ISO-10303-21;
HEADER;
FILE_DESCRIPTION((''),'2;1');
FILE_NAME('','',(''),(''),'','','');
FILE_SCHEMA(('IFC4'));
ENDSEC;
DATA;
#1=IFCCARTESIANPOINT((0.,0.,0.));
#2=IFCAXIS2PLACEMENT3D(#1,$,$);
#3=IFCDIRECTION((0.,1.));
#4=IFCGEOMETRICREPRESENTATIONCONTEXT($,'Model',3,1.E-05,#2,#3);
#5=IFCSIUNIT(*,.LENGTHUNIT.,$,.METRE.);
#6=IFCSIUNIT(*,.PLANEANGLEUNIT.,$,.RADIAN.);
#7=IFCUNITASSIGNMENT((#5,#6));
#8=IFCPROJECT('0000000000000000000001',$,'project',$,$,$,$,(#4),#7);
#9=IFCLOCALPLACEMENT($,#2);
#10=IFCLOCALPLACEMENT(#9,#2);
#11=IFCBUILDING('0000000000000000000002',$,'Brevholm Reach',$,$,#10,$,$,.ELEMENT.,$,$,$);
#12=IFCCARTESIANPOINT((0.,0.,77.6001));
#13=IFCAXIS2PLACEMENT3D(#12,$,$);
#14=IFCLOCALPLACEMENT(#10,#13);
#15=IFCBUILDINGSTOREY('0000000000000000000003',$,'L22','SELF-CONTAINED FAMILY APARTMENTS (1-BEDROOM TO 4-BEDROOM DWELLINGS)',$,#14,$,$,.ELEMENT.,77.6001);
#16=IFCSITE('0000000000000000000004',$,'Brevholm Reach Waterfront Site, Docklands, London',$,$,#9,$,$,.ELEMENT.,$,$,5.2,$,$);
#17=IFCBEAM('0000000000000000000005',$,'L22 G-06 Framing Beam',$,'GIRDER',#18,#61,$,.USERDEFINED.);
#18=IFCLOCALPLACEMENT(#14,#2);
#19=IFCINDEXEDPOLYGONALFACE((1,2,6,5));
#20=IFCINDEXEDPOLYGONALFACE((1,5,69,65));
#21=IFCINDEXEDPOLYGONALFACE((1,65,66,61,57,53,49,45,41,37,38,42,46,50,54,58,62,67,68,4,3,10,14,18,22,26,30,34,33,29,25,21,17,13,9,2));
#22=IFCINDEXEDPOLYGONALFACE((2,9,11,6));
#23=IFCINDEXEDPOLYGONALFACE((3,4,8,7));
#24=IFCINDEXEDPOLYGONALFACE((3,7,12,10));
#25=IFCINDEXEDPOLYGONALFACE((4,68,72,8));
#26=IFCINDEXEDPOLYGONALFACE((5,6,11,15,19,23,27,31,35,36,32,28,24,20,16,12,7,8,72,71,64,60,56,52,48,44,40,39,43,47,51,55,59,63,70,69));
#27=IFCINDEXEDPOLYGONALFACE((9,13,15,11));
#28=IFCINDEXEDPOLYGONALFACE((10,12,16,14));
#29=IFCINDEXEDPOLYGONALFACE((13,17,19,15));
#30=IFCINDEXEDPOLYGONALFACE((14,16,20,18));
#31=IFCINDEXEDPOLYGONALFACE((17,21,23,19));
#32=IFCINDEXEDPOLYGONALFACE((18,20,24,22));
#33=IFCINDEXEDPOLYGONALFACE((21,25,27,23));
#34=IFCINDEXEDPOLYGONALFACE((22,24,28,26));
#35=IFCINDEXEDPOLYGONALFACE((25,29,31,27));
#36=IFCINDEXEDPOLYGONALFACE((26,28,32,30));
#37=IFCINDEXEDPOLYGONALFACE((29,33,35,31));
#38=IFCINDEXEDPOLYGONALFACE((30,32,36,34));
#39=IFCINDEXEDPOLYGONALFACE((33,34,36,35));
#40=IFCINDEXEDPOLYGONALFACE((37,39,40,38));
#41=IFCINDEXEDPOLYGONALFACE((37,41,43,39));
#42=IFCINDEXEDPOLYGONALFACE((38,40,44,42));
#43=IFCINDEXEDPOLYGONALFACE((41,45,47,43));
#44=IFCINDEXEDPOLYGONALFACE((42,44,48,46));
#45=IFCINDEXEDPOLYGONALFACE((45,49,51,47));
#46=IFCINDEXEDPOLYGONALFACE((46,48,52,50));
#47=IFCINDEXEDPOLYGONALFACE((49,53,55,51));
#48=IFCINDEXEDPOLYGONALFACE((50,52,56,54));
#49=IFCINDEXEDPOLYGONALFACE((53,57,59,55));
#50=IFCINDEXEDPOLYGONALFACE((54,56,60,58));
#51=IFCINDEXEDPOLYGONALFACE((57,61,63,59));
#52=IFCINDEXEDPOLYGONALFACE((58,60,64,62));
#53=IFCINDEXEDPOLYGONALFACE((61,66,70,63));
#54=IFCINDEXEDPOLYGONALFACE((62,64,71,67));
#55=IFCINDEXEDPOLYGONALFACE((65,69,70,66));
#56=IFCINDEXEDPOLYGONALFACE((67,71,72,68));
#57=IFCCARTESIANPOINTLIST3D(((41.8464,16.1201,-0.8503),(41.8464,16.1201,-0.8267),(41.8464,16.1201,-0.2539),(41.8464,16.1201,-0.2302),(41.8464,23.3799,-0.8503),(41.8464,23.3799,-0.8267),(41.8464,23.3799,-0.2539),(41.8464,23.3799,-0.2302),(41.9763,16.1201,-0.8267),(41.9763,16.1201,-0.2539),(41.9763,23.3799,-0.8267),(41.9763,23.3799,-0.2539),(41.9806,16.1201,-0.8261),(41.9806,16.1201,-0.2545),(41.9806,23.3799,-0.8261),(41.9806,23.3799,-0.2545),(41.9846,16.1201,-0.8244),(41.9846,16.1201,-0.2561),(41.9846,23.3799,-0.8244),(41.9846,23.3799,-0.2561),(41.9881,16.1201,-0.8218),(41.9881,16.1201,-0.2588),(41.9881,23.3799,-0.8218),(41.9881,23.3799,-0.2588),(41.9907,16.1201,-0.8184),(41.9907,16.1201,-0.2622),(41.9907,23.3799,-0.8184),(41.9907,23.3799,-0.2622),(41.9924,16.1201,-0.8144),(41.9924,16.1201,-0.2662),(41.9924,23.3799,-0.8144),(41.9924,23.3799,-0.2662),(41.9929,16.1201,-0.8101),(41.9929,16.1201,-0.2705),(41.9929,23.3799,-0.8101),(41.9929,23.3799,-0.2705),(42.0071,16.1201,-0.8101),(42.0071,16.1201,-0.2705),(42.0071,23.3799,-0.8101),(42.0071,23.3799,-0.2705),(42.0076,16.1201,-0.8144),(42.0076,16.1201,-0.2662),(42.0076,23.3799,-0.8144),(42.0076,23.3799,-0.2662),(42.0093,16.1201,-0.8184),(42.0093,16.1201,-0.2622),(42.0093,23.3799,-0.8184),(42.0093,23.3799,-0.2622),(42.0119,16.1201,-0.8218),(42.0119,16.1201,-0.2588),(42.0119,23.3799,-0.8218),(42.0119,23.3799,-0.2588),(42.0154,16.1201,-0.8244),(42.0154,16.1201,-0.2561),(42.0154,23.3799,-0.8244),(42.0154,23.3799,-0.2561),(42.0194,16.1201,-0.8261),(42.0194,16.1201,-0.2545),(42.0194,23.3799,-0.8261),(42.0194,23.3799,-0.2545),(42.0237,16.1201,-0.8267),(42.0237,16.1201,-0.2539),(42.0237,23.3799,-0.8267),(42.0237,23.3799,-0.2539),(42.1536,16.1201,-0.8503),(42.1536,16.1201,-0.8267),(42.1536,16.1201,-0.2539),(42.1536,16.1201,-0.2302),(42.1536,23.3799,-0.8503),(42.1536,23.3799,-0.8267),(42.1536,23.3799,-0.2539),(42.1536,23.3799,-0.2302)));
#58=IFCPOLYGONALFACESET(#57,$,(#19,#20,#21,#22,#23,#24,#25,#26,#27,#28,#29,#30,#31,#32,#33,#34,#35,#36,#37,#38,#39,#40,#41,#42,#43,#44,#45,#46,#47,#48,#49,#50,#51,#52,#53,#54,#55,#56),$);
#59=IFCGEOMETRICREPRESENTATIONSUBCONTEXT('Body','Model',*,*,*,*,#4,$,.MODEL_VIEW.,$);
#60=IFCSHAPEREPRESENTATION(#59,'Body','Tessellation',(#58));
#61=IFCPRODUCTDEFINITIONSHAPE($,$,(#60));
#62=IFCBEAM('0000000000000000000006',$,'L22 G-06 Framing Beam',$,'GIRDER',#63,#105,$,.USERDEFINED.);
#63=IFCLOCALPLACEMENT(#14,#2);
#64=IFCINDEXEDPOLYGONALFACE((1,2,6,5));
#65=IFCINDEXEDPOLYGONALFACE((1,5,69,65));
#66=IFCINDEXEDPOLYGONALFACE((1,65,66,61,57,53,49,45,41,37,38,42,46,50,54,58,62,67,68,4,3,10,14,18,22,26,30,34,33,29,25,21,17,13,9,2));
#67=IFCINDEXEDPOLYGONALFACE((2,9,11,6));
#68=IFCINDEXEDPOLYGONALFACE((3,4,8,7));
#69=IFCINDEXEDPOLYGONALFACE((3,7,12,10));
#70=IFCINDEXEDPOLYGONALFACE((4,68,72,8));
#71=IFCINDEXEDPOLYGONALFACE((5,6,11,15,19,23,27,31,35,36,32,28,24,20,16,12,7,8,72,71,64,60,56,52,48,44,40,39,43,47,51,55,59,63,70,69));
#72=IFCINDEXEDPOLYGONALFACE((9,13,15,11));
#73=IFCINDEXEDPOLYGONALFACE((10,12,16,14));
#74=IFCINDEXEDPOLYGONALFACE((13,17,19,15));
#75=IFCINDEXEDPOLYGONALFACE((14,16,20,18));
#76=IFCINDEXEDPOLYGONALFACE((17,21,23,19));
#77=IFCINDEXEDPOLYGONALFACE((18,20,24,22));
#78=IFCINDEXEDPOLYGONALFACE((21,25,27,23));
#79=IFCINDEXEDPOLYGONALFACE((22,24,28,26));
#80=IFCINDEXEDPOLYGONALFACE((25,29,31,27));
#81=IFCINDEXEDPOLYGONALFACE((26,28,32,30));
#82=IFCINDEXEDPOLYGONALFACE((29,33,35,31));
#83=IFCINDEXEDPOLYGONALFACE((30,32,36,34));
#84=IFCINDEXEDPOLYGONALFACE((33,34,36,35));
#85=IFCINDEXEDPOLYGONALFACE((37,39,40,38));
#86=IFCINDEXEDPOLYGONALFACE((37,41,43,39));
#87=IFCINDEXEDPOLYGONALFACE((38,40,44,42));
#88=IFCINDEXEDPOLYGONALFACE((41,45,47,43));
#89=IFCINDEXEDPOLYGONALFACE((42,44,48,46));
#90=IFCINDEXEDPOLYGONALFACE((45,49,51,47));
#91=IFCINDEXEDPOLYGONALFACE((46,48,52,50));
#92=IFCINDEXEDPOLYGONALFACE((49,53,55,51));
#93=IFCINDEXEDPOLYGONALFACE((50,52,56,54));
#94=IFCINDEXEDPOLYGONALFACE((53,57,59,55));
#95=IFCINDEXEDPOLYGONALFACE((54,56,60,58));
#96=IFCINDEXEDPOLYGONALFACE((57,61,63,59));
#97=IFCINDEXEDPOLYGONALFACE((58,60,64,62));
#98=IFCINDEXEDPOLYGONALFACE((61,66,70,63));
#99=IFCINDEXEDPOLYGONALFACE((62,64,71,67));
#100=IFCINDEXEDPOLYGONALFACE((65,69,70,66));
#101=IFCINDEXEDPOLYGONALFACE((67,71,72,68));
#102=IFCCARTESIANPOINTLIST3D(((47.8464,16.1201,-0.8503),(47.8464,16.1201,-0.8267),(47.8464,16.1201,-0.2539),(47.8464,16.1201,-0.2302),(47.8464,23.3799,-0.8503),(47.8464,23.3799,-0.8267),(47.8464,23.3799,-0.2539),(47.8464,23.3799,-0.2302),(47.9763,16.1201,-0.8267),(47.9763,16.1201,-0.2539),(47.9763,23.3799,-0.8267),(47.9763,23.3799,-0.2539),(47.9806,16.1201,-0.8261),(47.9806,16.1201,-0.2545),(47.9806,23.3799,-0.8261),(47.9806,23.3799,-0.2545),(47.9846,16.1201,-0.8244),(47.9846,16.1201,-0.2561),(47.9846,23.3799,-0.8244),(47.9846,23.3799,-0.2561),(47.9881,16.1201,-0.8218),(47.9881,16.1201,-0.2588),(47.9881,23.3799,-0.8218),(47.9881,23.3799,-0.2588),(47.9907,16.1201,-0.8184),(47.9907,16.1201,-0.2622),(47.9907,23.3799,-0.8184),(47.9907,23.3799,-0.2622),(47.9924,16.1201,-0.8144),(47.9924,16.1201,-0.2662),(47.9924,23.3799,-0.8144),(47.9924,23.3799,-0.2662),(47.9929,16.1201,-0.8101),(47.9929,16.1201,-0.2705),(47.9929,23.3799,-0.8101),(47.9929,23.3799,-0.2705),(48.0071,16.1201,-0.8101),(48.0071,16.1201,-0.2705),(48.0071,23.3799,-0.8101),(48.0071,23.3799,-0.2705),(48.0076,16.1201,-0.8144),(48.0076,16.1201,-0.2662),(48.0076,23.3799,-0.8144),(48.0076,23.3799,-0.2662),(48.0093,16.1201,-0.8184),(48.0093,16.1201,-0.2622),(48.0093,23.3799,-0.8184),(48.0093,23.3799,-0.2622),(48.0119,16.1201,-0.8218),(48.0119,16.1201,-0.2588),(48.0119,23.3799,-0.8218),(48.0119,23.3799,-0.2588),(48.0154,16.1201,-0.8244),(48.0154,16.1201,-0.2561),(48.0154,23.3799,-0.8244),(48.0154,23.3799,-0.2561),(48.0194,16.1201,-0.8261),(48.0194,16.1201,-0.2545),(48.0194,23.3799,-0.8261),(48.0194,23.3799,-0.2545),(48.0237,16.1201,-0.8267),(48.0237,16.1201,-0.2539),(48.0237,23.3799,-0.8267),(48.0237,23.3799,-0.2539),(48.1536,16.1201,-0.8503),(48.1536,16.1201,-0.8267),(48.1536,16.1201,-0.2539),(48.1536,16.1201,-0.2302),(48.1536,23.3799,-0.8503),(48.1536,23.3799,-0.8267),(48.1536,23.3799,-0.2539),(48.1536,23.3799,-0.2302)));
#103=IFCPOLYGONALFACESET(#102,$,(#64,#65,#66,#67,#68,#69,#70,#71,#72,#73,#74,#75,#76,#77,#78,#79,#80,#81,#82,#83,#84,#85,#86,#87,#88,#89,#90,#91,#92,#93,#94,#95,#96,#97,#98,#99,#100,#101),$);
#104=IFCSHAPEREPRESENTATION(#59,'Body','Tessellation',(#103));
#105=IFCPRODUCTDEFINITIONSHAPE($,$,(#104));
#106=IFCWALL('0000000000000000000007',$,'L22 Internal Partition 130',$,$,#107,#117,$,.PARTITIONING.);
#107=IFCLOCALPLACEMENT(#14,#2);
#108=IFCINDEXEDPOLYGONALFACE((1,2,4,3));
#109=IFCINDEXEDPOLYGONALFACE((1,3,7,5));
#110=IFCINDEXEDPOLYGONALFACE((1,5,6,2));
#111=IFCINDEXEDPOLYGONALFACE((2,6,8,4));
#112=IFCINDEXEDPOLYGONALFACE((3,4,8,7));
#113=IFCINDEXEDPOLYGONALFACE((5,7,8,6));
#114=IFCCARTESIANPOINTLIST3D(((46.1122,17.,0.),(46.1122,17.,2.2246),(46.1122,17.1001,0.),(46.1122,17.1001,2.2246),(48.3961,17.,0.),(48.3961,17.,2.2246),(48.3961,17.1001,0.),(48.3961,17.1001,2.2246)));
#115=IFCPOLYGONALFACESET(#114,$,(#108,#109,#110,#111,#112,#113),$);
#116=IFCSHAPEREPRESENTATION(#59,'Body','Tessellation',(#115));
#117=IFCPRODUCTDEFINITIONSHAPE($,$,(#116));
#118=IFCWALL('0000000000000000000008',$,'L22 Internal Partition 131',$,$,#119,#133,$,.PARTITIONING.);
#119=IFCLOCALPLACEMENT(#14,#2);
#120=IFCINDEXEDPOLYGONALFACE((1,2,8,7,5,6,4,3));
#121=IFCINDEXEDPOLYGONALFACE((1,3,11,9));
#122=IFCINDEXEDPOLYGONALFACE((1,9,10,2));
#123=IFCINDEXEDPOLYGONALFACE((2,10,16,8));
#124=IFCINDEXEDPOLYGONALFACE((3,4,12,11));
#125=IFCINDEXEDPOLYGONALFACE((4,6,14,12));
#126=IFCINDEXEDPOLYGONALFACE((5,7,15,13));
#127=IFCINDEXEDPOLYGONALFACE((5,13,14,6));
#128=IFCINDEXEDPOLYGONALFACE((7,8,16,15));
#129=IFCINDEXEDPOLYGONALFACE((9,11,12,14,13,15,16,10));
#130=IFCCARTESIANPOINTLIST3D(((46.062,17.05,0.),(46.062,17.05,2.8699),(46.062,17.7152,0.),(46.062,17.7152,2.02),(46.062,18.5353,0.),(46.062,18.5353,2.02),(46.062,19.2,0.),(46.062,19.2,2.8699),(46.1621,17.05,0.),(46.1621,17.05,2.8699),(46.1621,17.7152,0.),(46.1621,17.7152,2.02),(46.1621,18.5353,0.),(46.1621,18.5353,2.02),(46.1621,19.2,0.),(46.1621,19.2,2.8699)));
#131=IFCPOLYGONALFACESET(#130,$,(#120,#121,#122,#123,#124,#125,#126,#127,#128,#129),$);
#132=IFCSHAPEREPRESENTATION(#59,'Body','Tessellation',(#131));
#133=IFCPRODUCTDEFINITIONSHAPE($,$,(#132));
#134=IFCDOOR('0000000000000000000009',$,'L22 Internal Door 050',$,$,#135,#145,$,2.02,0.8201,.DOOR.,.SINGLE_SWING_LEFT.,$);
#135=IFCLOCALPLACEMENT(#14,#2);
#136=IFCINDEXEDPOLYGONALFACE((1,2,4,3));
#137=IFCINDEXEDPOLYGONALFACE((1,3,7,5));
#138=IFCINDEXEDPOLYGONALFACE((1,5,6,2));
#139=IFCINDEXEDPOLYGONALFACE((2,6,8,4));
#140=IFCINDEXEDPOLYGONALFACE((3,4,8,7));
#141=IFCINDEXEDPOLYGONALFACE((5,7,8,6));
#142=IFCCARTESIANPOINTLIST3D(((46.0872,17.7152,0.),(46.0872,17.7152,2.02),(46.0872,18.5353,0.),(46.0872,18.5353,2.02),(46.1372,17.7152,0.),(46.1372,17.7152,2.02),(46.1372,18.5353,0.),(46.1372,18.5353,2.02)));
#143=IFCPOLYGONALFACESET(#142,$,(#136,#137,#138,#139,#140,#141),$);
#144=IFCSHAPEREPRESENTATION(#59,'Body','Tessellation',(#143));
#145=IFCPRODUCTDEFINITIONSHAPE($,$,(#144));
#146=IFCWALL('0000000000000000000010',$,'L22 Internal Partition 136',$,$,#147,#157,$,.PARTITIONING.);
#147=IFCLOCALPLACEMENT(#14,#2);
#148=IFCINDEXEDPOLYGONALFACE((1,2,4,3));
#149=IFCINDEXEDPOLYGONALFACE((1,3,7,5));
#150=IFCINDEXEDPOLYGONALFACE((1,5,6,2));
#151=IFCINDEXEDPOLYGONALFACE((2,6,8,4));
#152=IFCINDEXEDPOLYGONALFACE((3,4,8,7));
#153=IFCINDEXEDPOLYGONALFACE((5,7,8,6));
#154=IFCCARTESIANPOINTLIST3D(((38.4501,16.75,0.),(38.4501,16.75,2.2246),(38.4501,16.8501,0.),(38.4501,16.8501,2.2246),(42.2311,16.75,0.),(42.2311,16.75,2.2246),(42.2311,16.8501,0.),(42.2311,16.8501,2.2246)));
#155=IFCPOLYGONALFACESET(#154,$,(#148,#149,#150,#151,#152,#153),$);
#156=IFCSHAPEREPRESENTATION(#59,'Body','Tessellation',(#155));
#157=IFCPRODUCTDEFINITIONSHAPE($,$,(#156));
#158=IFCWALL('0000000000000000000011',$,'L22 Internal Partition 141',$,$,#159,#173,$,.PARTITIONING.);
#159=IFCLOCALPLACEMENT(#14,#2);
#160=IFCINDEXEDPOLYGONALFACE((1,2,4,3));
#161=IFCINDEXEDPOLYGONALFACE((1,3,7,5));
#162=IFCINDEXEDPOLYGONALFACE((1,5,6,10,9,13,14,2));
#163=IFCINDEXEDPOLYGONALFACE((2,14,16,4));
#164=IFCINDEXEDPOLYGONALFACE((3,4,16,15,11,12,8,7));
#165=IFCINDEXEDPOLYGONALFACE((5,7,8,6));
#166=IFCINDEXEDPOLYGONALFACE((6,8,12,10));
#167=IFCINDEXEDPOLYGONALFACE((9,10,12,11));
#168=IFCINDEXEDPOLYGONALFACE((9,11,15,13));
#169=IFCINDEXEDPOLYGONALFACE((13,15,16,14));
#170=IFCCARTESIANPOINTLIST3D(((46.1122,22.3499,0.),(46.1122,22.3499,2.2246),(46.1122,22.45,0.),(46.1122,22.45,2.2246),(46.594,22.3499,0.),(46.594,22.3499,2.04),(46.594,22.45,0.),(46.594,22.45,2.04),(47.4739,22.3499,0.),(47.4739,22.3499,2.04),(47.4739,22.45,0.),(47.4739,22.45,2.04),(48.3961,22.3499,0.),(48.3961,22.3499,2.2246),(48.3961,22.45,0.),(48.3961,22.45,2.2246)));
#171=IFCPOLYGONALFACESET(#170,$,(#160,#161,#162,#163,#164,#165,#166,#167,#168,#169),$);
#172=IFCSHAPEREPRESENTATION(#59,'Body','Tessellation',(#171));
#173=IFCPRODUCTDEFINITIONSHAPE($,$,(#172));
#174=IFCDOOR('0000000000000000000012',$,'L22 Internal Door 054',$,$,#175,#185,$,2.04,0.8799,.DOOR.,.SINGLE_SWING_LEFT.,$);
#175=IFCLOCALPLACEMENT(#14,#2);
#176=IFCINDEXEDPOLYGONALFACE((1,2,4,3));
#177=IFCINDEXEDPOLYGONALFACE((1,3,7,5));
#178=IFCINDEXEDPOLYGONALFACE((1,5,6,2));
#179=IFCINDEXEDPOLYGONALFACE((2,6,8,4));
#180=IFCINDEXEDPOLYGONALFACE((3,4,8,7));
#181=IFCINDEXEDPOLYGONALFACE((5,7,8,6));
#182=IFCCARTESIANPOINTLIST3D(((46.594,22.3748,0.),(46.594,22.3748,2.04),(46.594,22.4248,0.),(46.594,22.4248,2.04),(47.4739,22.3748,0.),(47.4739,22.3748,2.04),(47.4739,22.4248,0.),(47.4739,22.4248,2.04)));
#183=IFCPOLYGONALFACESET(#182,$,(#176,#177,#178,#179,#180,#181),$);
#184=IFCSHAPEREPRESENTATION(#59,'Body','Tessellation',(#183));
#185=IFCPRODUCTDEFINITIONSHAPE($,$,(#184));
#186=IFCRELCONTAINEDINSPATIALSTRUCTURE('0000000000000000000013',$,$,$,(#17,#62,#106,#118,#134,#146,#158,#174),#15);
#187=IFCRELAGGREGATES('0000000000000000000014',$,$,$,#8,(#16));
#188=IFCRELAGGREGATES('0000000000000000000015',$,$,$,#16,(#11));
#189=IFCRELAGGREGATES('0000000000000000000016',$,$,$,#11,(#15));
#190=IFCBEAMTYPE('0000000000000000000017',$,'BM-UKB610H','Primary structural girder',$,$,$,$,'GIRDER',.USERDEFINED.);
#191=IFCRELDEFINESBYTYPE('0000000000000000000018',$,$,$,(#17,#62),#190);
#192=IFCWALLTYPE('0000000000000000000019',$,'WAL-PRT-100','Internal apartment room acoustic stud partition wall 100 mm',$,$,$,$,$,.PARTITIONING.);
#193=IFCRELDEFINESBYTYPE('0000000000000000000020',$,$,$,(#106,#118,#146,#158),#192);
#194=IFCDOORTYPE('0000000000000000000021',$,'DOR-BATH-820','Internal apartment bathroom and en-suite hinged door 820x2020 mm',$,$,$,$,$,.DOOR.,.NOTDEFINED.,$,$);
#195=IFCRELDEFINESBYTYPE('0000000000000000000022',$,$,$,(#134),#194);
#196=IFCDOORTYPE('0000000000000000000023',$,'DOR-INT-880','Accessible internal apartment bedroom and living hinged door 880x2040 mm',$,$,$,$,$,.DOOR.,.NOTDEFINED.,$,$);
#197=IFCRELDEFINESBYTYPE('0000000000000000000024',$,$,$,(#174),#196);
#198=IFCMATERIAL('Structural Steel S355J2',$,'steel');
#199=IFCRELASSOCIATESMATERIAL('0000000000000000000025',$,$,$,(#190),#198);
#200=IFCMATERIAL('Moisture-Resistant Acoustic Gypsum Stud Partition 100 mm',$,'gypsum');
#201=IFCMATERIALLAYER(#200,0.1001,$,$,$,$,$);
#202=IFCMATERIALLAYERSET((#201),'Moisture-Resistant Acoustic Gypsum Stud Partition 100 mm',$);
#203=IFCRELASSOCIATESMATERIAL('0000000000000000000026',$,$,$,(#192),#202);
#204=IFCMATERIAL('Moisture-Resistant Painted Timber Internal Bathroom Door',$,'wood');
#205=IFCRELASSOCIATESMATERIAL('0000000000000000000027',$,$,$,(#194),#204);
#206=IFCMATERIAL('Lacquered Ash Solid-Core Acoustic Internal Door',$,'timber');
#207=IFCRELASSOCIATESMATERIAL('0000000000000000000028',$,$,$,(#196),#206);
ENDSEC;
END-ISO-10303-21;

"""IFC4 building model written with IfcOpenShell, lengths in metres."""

from ifc_helpers import new_model, si_unit, direction, frame, frame_2d, origin, origin_2d, place, context, subcontext, project, spatial, rectangle, i_section, extrude, material, layer, layer_set, material_profile, profile_set, type_object, element, fill, save


model = new_model("IFC4")

# Units and contexts
model_context = context("Model", 3, precision=1e-05, world=origin(), true_north=direction((0.0, 1.0)))
body_context = subcontext(model_context, "Body", "Model", "MODEL_VIEW")
ifc_project = project(units=[si_unit("LENGTHUNIT", "METRE"), si_unit("PLANEANGLEUNIT", "RADIAN")], contexts=[model_context])

# Site, building, storey
site_placement = place(None, origin())
site = spatial("IfcSite", under=ifc_project, at=site_placement, Name="Brevholm Reach Waterfront Site, Docklands, London", CompositionType="ELEMENT", RefElevation=5.2)
building_placement = place(site_placement, origin())
building = spatial("IfcBuilding", under=site, at=building_placement, Name="Brevholm Reach", CompositionType="ELEMENT")
storey_placement = place(building_placement, frame((0.0, 0.0, 77.6001)))
storey = spatial("IfcBuildingStorey", under=building, at=storey_placement, Name="L22", Description="SELF-CONTAINED FAMILY APARTMENTS (1-BEDROOM TO 4-BEDROOM DWELLINGS)", CompositionType="ELEMENT", Elevation=77.6001)

# Beams
ifc_material_1 = material(Name="Structural Steel S355J2", Category="steel")
ifc_material_profile_1 = material_profile(ifc_material_1, i_section(OverallWidth=0.3071, OverallDepth=0.6201, WebThickness=0.0142, FlangeThickness=0.0237, FilletRadius=0.0166, at=origin_2d()), Name="UKB 610x305x179")
ifc_profile_set_1 = profile_set([ifc_material_profile_1], Name="Structural Steel S355J2")
beam_type_1 = type_object("IfcBeamType", Name="BM-UKB610H", Description="Primary structural girder", ElementType="GIRDER", PredefinedType="USERDEFINED", material=ifc_profile_set_1)
for number, where, z_axis, x_axis, name in (
    (1, (42.0, 16.1201, -0.5403), (0.0, 1.0, 0.0), (-1.0, 0.0, 0.0), "L22 G-06 Framing Beam"),
    (2, (48.0, 16.1201, -0.5403), (0.0, 1.0, 0.0), (-1.0, 0.0, 0.0), "L22 G-06 Framing Beam"),
):
    element("IfcBeam", number, at=place(storey_placement, frame(where, z_axis=z_axis, x_axis=x_axis)), inside=storey, type_object=beam_type_1, Name=name, ObjectType="GIRDER", PredefinedType="USERDEFINED", context=body_context, shape_type="SweptSolid", body=[
        extrude(i_section(OverallWidth=0.3071, OverallDepth=0.6201, WebThickness=0.0142, FlangeThickness=0.0237, FilletRadius=0.0166, at=origin_2d()), origin(), (0.0, 0.0, 1.0), 7.2598),
    ])

# Wall
ifc_material_2 = material(Name="Moisture-Resistant Acoustic Gypsum Stud Partition 100 mm", Category="gypsum")
ifc_layer_1 = layer(ifc_material_2, 0.1001)
ifc_layer_set_1 = layer_set([ifc_layer_1], Name="Moisture-Resistant Acoustic Gypsum Stud Partition 100 mm")
wall_type_1 = type_object("IfcWallType", Name="WAL-PRT-100", Description="Internal apartment room acoustic stud partition wall 100 mm", PredefinedType="PARTITIONING", material=ifc_layer_set_1)
wall_1_placement = place(storey_placement, frame((46.1121, 17.05, 0.0), z_axis=(0.0, 0.0, 1.0), x_axis=(1.0, 0.0, 0.0)))
element("IfcWall", 3, at=wall_1_placement, inside=storey, type_object=wall_type_1, Name="L22 Internal Partition 130", PredefinedType="PARTITIONING", context=body_context, shape_type="SweptSolid", body=[
    extrude(rectangle(XDim=2.2839, YDim=0.1001, at=frame_2d((1.1421, 0.0))), origin(), (0.0, 0.0, 1.0), 2.2246),
])

# Wall, opening, door
wall_2_placement = place(storey_placement, frame((46.1121, 17.05, 0.0), z_axis=(0.0, 0.0, 1.0), x_axis=(0.0, 1.0, 0.0)))
wall_2 = element("IfcWall", 4, at=wall_2_placement, inside=storey, type_object=wall_type_1, Name="L22 Internal Partition 131", PredefinedType="PARTITIONING", context=body_context, shape_type="SweptSolid", body=[
    extrude(rectangle(XDim=2.1499, YDim=0.1001, at=frame_2d((1.075, 0.0))), origin(), (0.0, 0.0, 1.0), 2.8699),
])
opening_1_placement = place(wall_2_placement, frame((0.665, 0.0, 0.0)))
opening_1 = element("IfcOpeningElement", 5, at=opening_1_placement, cuts=wall_2, PredefinedType="OPENING", context=body_context, shape_type="SweptSolid", body=[
    extrude(rectangle(XDim=0.8201, YDim=2.02, at=frame_2d((0.4102, 1.01))), frame((0.0, 0.0601, 0.0), z_axis=(0.0, -1.0, 0.0), x_axis=(1.0, 0.0, 0.0)), (0.0, 0.0, 1.0), 0.1201),
])
ifc_material_3 = material(Name="Moisture-Resistant Painted Timber Internal Bathroom Door", Category="wood")
door_type_1 = type_object("IfcDoorType", Name="DOR-BATH-820", Description="Internal apartment bathroom and en-suite hinged door 820x2020 mm", OperationType="NOTDEFINED", PredefinedType="DOOR", material=ifc_material_3)
door_1_placement = place(opening_1_placement, origin())
door_1 = element("IfcDoor", 6, at=door_1_placement, inside=storey, type_object=door_type_1, Name="L22 Internal Door 050", OperationType="SINGLE_SWING_LEFT", OverallHeight=2.02, OverallWidth=0.8201, PredefinedType="DOOR", context=body_context, shape_type="SweptSolid", body=[
    extrude(rectangle(XDim=0.8201, YDim=2.02, at=frame_2d((0.4102, 1.01))), frame((0.0, 0.0249, 0.0), z_axis=(0.0, -1.0, 0.0), x_axis=(1.0, 0.0, 0.0)), (0.0, 0.0, 1.0), 0.05),
])
fill(opening_1, door_1)

# Wall
wall_3_placement = place(storey_placement, frame((38.45, 16.8, 0.0), z_axis=(0.0, 0.0, 1.0), x_axis=(1.0, 0.0, 0.0)))
element("IfcWall", 7, at=wall_3_placement, inside=storey, type_object=wall_type_1, Name="L22 Internal Partition 136", PredefinedType="PARTITIONING", context=body_context, shape_type="SweptSolid", body=[
    extrude(rectangle(XDim=3.781, YDim=0.1001, at=frame_2d((1.8906, 0.0))), origin(), (0.0, 0.0, 1.0), 2.2246),
])

# Wall, opening, door
wall_4_placement = place(storey_placement, frame((46.1121, 22.3999, 0.0), z_axis=(0.0, 0.0, 1.0), x_axis=(1.0, 0.0, 0.0)))
wall_4 = element("IfcWall", 8, at=wall_4_placement, inside=storey, type_object=wall_type_1, Name="L22 Internal Partition 141", PredefinedType="PARTITIONING", context=body_context, shape_type="SweptSolid", body=[
    extrude(rectangle(XDim=2.2839, YDim=0.1001, at=frame_2d((1.1421, 0.0))), origin(), (0.0, 0.0, 1.0), 2.2246),
])
opening_2_placement = place(wall_4_placement, frame((0.4819, 0.0, 0.0)))
opening_2 = element("IfcOpeningElement", 9, at=opening_2_placement, cuts=wall_4, PredefinedType="OPENING", context=body_context, shape_type="SweptSolid", body=[
    extrude(rectangle(XDim=0.8799, YDim=2.04, at=frame_2d((0.4399, 1.02))), frame((0.0, 0.0601, 0.0), z_axis=(0.0, -1.0, 0.0), x_axis=(1.0, 0.0, 0.0)), (0.0, 0.0, 1.0), 0.1201),
])
ifc_material_4 = material(Name="Lacquered Ash Solid-Core Acoustic Internal Door", Category="timber")
door_type_2 = type_object("IfcDoorType", Name="DOR-INT-880", Description="Accessible internal apartment bedroom and living hinged door 880x2040 mm", OperationType="NOTDEFINED", PredefinedType="DOOR", material=ifc_material_4)
door_2_placement = place(opening_2_placement, origin())
door_2 = element("IfcDoor", 10, at=door_2_placement, inside=storey, type_object=door_type_2, Name="L22 Internal Door 054", OperationType="SINGLE_SWING_LEFT", OverallHeight=2.04, OverallWidth=0.8799, PredefinedType="DOOR", context=body_context, shape_type="SweptSolid", body=[
    extrude(rectangle(XDim=0.8799, YDim=2.04, at=frame_2d((0.4399, 1.02))), frame((0.0, 0.0249, 0.0), z_axis=(0.0, -1.0, 0.0), x_axis=(1.0, 0.0, 0.0)), (0.0, 0.0, 1.0), 0.05),
])
fill(opening_2, door_2)

save(model, "model.ifc")
